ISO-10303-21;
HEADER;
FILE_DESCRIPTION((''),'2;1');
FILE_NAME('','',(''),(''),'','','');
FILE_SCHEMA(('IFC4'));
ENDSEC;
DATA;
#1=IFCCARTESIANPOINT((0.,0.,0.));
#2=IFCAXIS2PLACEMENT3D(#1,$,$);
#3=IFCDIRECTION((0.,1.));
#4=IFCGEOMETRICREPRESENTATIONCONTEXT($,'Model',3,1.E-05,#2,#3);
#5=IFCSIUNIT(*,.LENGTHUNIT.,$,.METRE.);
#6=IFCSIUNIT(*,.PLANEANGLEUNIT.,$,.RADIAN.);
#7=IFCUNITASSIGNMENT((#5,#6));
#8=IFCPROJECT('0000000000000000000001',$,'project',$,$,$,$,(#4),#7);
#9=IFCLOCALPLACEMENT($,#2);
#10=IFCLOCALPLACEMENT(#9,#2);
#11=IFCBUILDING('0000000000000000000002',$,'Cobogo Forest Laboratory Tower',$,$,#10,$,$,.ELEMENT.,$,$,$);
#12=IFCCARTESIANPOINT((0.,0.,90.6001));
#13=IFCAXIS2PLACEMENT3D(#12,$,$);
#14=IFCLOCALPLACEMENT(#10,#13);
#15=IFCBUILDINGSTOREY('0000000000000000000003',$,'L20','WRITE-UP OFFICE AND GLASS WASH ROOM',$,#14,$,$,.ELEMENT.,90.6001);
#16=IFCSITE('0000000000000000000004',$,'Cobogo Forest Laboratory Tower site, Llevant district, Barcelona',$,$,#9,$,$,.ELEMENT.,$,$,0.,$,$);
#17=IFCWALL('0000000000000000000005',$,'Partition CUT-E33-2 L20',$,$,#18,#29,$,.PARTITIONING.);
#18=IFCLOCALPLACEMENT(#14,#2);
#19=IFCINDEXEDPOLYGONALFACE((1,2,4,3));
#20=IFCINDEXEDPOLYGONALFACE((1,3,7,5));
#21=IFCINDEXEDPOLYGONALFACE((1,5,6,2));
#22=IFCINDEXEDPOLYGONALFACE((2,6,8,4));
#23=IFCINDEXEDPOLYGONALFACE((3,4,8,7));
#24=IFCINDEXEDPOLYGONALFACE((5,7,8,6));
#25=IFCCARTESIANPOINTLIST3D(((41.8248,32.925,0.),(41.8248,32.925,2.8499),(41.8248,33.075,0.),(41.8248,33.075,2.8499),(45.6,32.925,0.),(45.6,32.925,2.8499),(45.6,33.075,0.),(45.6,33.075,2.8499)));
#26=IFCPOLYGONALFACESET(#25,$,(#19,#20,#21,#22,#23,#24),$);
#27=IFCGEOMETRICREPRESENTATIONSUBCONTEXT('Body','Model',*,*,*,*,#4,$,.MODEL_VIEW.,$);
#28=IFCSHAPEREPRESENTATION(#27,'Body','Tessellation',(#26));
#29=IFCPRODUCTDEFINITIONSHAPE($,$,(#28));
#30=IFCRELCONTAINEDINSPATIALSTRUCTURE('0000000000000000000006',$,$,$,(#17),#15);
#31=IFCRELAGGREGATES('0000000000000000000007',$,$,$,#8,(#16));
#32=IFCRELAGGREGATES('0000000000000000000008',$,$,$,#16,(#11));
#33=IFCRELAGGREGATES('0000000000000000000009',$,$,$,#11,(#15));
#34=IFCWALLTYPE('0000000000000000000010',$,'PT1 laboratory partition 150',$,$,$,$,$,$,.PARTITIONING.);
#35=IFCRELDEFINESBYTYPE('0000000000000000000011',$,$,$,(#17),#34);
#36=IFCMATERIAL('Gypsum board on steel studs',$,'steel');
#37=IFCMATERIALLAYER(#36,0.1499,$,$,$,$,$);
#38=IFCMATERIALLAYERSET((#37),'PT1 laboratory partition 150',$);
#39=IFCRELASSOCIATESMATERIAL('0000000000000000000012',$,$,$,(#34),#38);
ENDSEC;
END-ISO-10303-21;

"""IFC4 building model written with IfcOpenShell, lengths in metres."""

from ifc_helpers import new_model, si_unit, direction, frame, frame_2d, origin, place, context, subcontext, project, spatial, rectangle, extrude, material, layer, layer_set, type_object, element, save


model = new_model("IFC4")

# Units and contexts
model_context = context("Model", 3, precision=1e-05, world=origin(), true_north=direction((0.0, 1.0)))
body_context = subcontext(model_context, "Body", "Model", "MODEL_VIEW")
ifc_project = project(units=[si_unit("LENGTHUNIT", "METRE"), si_unit("PLANEANGLEUNIT", "RADIAN")], contexts=[model_context])

# Site, building, storey
site_placement = place(None, origin())
site = spatial("IfcSite", under=ifc_project, at=site_placement, Name="Cobogo Forest Laboratory Tower site, Llevant district, Barcelona", CompositionType="ELEMENT", RefElevation=0.0)
building_placement = place(site_placement, origin())
building = spatial("IfcBuilding", under=site, at=building_placement, Name="Cobogo Forest Laboratory Tower", CompositionType="ELEMENT")
storey_placement = place(building_placement, frame((0.0, 0.0, 90.6001)))
storey = spatial("IfcBuildingStorey", under=building, at=storey_placement, Name="L20", Description="WRITE-UP OFFICE AND GLASS WASH ROOM", CompositionType="ELEMENT", Elevation=90.6001)

# Wall
ifc_material_1 = material(Name="Gypsum board on steel studs", Category="steel")
ifc_layer_1 = layer(ifc_material_1, 0.1499)
ifc_layer_set_1 = layer_set([ifc_layer_1], Name="PT1 laboratory partition 150")
wall_type = type_object("IfcWallType", Name="PT1 laboratory partition 150", PredefinedType="PARTITIONING", material=ifc_layer_set_1)
wall_1_placement = place(storey_placement, frame((45.6001, 33.0, 0.0), z_axis=(0.0, 0.0, 1.0), x_axis=(-1.0, 0.0, 0.0)))
element("IfcWall", 1, at=wall_1_placement, inside=storey, type_object=wall_type, Name="Partition CUT-E33-2 L20", PredefinedType="PARTITIONING", context=body_context, shape_type="SweptSolid", body=[
    extrude(rectangle(XDim=3.7751, YDim=0.1499, at=frame_2d((1.8877, 0.0))), origin(), (0.0, 0.0, 1.0), 2.8499),
])

save(model, "model.ifc")
